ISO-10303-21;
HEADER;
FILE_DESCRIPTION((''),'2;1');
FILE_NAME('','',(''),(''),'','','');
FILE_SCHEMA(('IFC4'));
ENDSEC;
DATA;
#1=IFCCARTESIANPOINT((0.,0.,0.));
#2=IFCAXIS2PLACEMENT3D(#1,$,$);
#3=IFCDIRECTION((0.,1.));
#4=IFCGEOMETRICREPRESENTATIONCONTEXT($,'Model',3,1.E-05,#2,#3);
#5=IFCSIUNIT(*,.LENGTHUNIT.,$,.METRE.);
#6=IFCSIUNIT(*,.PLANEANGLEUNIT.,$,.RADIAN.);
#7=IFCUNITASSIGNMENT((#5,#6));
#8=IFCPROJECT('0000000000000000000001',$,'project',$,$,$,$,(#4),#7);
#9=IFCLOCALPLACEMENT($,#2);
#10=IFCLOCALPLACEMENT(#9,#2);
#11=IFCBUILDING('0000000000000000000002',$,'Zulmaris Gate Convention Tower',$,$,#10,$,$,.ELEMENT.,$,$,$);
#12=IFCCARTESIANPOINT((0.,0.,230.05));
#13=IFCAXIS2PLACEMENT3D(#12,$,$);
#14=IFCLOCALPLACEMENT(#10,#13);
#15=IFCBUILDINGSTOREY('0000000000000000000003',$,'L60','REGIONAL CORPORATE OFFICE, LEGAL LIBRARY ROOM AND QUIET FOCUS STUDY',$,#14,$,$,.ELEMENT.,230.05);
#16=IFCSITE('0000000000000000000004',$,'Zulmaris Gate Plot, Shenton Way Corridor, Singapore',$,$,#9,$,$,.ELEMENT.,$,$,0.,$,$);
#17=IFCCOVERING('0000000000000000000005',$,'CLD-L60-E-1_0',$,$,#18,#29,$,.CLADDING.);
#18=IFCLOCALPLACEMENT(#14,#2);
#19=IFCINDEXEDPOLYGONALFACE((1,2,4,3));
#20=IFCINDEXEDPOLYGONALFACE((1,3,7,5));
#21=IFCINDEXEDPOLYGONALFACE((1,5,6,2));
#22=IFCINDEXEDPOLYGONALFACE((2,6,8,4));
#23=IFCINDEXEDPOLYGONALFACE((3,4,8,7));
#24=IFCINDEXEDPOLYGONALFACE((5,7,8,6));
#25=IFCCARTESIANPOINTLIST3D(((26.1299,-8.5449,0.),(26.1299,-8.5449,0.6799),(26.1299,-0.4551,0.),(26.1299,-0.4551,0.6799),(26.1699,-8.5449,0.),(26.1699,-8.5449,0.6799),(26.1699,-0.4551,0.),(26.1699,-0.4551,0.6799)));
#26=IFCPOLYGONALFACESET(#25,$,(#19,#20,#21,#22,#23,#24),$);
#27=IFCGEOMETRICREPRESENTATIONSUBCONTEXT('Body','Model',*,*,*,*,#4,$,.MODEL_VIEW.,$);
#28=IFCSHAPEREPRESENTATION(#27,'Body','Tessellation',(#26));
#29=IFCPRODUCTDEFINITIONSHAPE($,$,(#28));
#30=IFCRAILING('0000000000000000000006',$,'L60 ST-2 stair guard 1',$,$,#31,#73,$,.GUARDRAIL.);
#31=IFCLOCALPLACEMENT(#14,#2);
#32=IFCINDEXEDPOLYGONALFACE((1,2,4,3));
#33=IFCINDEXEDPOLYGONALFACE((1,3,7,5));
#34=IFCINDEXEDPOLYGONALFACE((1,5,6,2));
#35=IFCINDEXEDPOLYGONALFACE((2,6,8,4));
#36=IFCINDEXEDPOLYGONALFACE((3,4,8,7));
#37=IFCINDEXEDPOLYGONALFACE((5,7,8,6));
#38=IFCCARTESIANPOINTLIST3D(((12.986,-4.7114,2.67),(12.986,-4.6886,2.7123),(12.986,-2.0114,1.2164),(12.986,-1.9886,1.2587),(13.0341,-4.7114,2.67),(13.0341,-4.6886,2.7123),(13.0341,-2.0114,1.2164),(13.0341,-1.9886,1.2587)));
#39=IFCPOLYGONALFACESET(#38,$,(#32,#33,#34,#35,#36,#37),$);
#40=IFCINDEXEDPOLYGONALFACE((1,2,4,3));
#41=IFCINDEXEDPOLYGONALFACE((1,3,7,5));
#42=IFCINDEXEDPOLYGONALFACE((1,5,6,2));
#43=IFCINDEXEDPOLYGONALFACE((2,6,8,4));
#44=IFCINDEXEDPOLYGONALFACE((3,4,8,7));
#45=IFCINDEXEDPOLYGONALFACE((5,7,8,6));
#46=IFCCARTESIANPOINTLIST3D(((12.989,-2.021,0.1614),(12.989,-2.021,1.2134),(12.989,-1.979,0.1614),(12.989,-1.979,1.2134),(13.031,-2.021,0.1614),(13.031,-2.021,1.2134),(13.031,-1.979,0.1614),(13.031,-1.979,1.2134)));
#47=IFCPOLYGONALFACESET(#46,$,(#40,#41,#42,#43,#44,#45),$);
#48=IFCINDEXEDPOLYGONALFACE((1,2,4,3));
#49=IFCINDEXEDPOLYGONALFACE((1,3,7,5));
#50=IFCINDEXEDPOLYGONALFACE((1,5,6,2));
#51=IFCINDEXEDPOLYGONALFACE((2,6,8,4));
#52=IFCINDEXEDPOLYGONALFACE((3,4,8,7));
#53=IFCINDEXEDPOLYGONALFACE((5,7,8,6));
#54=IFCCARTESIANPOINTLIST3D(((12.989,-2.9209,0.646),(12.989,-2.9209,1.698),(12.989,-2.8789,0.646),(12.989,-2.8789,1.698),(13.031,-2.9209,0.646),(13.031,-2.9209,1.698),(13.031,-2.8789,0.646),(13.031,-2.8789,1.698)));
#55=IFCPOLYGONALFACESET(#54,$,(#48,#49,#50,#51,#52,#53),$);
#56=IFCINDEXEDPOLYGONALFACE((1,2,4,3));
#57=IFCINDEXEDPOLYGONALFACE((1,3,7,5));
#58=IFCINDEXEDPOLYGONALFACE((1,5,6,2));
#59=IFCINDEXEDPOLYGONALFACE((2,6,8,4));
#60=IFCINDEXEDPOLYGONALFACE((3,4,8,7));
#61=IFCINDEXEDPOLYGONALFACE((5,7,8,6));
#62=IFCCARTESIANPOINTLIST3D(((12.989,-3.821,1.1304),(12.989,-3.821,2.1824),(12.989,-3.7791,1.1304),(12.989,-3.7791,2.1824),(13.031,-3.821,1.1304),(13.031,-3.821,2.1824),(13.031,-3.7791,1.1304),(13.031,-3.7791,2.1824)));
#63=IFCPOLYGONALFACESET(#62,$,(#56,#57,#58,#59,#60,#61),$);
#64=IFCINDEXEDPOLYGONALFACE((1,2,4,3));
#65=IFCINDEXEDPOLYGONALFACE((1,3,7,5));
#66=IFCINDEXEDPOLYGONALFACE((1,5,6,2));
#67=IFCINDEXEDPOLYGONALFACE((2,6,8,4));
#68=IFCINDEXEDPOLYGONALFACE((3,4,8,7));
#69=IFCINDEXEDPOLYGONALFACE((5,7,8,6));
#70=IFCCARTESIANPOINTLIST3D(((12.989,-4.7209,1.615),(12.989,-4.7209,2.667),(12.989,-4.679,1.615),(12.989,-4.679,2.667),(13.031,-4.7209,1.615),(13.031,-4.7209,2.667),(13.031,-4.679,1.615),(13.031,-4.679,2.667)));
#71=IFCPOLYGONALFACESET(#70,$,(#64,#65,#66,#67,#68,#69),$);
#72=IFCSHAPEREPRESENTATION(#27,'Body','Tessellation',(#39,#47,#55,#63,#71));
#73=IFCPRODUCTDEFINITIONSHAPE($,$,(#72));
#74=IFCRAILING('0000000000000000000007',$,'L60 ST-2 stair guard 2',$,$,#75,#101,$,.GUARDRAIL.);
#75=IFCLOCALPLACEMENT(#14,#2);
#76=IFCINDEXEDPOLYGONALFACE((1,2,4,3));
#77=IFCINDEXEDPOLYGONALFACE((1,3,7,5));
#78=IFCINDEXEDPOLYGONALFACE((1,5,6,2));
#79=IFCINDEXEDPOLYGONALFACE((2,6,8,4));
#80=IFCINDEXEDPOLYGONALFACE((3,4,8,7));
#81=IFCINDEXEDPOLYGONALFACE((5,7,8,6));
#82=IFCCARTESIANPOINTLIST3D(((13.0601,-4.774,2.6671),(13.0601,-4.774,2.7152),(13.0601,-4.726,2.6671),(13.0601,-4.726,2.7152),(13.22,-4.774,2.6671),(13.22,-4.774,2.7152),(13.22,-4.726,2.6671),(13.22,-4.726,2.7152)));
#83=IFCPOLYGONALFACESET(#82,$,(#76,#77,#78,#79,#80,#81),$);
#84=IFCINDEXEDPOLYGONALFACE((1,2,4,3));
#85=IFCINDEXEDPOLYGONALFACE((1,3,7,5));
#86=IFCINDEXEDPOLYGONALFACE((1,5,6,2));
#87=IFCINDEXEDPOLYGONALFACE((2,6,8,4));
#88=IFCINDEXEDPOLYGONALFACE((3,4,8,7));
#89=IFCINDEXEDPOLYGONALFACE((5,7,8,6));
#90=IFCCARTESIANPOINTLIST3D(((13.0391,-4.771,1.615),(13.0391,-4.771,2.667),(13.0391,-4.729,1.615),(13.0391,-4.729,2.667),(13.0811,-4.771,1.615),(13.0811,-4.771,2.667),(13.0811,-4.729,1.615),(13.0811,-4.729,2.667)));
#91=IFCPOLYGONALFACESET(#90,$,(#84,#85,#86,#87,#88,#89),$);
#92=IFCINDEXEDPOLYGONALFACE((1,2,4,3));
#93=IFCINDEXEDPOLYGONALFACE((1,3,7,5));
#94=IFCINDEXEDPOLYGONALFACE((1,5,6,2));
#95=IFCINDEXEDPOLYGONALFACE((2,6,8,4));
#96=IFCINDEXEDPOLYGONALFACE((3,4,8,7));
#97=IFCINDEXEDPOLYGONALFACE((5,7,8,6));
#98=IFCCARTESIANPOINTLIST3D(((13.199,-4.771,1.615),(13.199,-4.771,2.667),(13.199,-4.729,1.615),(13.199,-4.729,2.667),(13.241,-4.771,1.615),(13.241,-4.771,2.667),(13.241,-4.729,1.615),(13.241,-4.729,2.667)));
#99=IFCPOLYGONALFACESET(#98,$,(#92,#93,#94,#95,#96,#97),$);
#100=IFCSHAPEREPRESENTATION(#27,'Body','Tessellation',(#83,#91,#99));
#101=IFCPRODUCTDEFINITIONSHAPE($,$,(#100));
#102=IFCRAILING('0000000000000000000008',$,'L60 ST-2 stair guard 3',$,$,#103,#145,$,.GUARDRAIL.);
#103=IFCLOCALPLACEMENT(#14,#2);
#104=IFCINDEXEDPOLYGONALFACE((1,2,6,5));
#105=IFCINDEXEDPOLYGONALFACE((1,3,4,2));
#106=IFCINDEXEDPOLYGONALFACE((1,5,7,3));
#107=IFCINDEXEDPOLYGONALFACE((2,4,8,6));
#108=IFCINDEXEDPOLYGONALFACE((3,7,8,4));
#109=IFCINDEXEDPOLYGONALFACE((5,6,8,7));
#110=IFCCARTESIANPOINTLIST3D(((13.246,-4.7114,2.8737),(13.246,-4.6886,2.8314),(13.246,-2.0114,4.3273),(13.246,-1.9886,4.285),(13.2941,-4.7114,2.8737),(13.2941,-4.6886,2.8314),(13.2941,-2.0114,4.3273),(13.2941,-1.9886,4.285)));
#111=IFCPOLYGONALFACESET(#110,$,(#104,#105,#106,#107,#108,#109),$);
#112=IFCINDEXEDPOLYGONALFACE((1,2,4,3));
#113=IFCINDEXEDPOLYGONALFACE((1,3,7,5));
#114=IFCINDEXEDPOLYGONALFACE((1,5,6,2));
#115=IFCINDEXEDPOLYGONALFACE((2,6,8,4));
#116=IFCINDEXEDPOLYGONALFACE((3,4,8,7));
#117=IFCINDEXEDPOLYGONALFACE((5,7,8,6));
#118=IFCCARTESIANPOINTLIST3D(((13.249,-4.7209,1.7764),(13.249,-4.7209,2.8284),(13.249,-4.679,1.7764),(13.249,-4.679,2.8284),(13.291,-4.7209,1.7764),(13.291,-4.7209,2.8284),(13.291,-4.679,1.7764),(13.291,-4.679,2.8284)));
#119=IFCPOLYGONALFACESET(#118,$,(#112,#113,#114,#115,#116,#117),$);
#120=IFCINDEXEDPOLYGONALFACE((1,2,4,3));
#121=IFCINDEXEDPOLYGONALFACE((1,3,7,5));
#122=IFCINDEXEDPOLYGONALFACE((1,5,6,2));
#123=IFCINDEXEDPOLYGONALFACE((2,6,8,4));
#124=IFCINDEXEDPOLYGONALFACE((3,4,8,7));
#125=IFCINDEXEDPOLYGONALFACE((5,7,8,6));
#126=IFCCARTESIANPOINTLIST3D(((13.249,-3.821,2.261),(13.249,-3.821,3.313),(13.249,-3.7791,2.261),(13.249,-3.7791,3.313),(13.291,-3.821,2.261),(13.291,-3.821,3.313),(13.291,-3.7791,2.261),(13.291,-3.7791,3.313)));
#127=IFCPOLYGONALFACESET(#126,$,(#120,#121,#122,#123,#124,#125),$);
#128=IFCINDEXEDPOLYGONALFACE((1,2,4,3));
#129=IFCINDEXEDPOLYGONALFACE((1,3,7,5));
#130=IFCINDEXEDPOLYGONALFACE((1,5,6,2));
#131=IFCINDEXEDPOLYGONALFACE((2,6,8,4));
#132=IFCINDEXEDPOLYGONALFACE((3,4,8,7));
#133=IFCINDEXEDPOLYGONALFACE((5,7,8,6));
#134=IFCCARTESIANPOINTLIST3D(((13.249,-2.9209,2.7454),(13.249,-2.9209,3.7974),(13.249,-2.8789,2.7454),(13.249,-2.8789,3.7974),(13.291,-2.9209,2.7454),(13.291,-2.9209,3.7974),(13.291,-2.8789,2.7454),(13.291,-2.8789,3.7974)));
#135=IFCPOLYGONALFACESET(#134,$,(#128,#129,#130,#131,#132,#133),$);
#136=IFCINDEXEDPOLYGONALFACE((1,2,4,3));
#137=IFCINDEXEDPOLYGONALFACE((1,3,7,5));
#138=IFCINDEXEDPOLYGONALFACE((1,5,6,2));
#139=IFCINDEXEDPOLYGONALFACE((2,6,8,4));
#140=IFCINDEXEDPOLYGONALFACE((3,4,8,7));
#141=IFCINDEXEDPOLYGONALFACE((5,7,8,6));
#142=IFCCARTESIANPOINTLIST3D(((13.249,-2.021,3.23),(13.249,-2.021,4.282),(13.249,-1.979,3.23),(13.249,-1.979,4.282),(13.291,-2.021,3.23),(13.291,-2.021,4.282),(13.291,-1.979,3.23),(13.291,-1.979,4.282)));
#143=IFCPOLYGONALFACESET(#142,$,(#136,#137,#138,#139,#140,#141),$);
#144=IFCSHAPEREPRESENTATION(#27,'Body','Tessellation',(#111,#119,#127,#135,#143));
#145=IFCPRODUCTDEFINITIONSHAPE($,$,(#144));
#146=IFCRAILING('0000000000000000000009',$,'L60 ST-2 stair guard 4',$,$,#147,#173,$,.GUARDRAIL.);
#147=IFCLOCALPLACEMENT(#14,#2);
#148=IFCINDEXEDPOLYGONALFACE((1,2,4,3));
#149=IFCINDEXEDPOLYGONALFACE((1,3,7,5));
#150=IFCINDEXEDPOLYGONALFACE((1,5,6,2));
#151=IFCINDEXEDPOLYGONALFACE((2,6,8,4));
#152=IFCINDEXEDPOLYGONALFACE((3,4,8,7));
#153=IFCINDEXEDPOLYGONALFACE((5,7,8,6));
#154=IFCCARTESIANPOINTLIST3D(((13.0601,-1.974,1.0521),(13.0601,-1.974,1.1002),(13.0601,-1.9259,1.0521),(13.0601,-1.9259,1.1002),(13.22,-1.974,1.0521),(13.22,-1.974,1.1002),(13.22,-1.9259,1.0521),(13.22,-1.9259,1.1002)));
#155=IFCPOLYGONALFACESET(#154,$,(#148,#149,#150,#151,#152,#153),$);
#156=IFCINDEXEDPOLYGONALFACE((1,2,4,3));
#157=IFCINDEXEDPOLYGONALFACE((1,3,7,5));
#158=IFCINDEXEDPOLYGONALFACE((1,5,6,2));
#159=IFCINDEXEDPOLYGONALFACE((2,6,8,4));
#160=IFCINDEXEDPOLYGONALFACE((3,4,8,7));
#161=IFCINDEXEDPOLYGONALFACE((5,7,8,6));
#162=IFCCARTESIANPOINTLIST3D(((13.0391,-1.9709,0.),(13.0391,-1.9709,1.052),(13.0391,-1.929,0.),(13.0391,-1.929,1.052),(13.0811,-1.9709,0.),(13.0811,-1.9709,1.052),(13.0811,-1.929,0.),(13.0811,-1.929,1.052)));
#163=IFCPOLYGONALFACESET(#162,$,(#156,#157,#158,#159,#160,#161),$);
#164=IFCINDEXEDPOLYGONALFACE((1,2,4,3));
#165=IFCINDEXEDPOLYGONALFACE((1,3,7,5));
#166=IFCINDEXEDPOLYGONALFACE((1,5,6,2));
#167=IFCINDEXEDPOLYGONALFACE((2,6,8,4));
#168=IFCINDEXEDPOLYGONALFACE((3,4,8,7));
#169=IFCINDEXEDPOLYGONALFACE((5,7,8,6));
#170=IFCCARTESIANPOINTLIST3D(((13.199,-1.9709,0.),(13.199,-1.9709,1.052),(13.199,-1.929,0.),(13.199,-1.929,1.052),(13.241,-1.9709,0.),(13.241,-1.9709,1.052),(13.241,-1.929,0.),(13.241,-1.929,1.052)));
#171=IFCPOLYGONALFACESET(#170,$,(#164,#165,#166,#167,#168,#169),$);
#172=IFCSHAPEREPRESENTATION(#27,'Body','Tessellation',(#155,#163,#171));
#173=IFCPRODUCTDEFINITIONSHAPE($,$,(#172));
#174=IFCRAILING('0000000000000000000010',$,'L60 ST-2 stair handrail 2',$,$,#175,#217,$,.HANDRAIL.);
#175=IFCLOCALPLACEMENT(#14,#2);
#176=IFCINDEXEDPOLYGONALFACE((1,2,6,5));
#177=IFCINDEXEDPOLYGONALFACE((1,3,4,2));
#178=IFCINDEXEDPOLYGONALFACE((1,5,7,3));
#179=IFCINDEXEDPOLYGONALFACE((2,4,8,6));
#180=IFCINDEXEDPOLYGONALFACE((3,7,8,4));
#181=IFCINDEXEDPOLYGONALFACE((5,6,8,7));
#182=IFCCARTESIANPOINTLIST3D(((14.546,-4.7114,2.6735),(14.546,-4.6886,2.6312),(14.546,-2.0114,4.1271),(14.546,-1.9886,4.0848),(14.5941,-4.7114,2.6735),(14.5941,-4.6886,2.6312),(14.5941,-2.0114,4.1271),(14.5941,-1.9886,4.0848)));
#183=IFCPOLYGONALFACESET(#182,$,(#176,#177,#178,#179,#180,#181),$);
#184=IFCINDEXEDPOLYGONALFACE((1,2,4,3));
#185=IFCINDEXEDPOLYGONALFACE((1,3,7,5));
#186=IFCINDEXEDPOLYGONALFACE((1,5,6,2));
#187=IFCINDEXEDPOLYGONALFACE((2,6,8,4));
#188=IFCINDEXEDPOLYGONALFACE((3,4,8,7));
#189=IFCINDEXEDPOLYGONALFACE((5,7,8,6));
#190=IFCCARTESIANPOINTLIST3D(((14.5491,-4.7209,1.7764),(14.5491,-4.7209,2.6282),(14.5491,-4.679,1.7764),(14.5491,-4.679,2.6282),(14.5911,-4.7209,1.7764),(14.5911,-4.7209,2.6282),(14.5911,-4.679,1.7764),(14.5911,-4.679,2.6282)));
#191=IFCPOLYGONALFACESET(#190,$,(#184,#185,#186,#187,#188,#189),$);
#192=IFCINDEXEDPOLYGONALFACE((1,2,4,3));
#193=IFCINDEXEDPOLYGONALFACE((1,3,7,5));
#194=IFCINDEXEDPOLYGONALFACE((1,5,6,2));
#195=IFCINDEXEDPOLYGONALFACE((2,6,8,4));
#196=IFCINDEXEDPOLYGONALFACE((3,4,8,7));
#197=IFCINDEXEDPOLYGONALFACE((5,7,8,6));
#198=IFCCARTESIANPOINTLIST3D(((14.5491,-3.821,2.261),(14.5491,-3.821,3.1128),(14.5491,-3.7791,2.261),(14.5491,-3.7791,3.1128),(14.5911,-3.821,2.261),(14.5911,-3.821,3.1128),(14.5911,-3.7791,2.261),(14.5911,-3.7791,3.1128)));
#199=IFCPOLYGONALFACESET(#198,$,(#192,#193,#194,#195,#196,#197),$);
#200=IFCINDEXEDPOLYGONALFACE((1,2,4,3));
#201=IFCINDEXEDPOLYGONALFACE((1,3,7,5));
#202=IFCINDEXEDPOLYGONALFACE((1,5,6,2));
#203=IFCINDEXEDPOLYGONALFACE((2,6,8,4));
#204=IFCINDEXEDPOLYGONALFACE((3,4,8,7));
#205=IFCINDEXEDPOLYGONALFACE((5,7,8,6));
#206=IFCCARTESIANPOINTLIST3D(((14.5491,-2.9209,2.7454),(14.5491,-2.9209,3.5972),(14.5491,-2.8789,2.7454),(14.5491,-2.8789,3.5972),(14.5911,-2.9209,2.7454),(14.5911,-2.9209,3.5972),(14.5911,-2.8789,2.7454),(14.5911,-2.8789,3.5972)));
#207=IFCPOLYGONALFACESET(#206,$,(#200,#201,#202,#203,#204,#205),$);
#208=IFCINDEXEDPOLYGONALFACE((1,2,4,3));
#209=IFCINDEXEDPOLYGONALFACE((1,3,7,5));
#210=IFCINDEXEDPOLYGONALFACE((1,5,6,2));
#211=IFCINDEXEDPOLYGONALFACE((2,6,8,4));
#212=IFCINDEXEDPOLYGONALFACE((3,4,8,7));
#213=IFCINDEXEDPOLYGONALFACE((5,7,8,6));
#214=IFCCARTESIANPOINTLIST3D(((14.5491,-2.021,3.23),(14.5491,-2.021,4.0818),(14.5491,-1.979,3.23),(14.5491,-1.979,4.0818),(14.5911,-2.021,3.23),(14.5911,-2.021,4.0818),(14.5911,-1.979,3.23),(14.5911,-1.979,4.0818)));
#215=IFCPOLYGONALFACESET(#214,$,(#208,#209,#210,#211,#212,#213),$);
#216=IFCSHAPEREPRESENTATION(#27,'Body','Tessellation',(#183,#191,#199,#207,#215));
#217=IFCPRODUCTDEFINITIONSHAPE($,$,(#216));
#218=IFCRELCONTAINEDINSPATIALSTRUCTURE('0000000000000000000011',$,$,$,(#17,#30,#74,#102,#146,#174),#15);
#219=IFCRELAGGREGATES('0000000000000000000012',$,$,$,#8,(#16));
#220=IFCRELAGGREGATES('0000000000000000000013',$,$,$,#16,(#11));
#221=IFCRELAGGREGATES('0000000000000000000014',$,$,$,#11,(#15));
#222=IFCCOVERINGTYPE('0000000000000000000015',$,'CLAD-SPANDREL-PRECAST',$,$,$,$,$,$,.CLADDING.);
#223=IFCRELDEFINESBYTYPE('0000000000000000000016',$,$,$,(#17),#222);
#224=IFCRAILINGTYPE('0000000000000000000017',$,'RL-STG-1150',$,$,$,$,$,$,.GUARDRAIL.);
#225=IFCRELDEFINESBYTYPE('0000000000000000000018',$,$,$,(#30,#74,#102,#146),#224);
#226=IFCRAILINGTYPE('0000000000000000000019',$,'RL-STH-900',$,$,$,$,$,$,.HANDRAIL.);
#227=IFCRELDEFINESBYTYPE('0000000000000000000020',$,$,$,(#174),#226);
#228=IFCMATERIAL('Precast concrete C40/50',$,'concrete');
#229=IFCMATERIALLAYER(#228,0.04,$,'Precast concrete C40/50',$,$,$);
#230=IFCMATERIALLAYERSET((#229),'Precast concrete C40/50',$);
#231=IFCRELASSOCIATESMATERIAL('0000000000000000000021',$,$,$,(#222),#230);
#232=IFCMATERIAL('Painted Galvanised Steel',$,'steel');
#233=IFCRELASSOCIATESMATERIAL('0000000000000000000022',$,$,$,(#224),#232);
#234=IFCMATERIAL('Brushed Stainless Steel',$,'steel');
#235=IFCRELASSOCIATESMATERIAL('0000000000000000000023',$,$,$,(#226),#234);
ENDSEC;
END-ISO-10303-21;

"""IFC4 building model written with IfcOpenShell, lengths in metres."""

from ifc_helpers import new_model, si_unit, direction, frame, frame_2d, origin, origin_2d, place, context, subcontext, project, spatial, rectangle, extrude, material, layer, layer_set, type_object, element, save


model = new_model("IFC4")

# Units and contexts
model_context = context("Model", 3, precision=1e-05, world=origin(), true_north=direction((0.0, 1.0)))
body_context = subcontext(model_context, "Body", "Model", "MODEL_VIEW")
ifc_project = project(units=[si_unit("LENGTHUNIT", "METRE"), si_unit("PLANEANGLEUNIT", "RADIAN")], contexts=[model_context])

# Site, building, storey
site_placement = place(None, origin())
site = spatial("IfcSite", under=ifc_project, at=site_placement, Name="Zulmaris Gate Plot, Shenton Way Corridor, Singapore", CompositionType="ELEMENT", RefElevation=0.0)
building_placement = place(site_placement, origin())
building = spatial("IfcBuilding", under=site, at=building_placement, Name="Zulmaris Gate Convention Tower", CompositionType="ELEMENT")
storey_placement = place(building_placement, frame((0.0, 0.0, 230.05)))
storey = spatial("IfcBuildingStorey", under=building, at=storey_placement, Name="L60", Description="REGIONAL CORPORATE OFFICE, LEGAL LIBRARY ROOM AND QUIET FOCUS STUDY", CompositionType="ELEMENT", Elevation=230.05)

# Shared definitions
ifc_material_1 = material(Name="Precast concrete C40/50", Category="concrete")

# Covering
ifc_layer_1 = layer(ifc_material_1, 0.04, Name="Precast concrete C40/50")
ifc_layer_set_1 = layer_set([ifc_layer_1], Name="Precast concrete C40/50")
covering_type = type_object("IfcCoveringType", Name="CLAD-SPANDREL-PRECAST", PredefinedType="CLADDING", material=ifc_layer_set_1)
covering_placement = place(storey_placement, frame((26.1499, -8.5449, 0.0), z_axis=(0.0, 0.0, 1.0), x_axis=(0.0, 1.0, 0.0)))
element("IfcCovering", 1, at=covering_placement, inside=storey, type_object=covering_type, Name="CLD-L60-E-1_0", PredefinedType="CLADDING", context=body_context, shape_type="SweptSolid", body=[
    extrude(rectangle(XDim=8.0898, YDim=0.04, at=frame_2d((4.0449, 0.0))), origin(), (0.0, 0.0, 1.0), 0.6799),
])

# Railings
ifc_material_2 = material(Name="Painted Galvanised Steel", Category="steel")
railing_type_1 = type_object("IfcRailingType", Name="RL-STG-1150", PredefinedType="GUARDRAIL", material=ifc_material_2)
railing_1_placement = place(storey_placement, frame((13.01, -2.0, 0.1614)))
element("IfcRailing", 2, at=railing_1_placement, inside=storey, type_object=railing_type_1, Name="L60 ST-2 stair guard 1", PredefinedType="GUARDRAIL", context=body_context, shape_type="SweptSolid", body=[
    extrude(rectangle(XDim=0.0481, YDim=0.0481, at=origin_2d()), frame((0.0, 0.0, 1.0762), z_axis=(0.0, -0.880499, 0.474048), x_axis=(1.0, 0.0, 0.0)), (0.0, 0.0, 1.0), 3.0664),
    extrude(rectangle(XDim=0.042, YDim=0.042, at=origin_2d()), origin(), (0.0, 0.0, 1.0), 1.052),
    extrude(rectangle(XDim=0.042, YDim=0.042, at=origin_2d()), frame((0.0, -0.8999, 0.4846)), (0.0, 0.0, 1.0), 1.052),
    extrude(rectangle(XDim=0.042, YDim=0.042, at=origin_2d()), frame((0.0, -1.8, 0.969)), (0.0, 0.0, 1.0), 1.052),
    extrude(rectangle(XDim=0.042, YDim=0.042, at=origin_2d()), frame((0.0, -2.7, 1.4536)), (0.0, 0.0, 1.0), 1.052),
])
railing_2_placement = place(storey_placement, frame((13.0601, -4.75, 1.615)))
element("IfcRailing", 3, at=railing_2_placement, inside=storey, type_object=railing_type_1, Name="L60 ST-2 stair guard 2", PredefinedType="GUARDRAIL", context=body_context, shape_type="SweptSolid", body=[
    extrude(rectangle(XDim=0.0481, YDim=0.0481, at=origin_2d()), frame((0.0, 0.0, 1.0762), z_axis=(1.0, 0.0, 0.0), x_axis=(0.0, 1.0, 0.0)), (0.0, 0.0, 1.0), 0.1599),
    extrude(rectangle(XDim=0.042, YDim=0.042, at=origin_2d()), origin(), (0.0, 0.0, 1.0), 1.052),
    extrude(rectangle(XDim=0.042, YDim=0.042, at=origin_2d()), frame((0.1599, 0.0, 0.0)), (0.0, 0.0, 1.0), 1.052),
])
railing_3_placement = place(storey_placement, frame((13.27, -4.7, 1.7764)))
element("IfcRailing", 4, at=railing_3_placement, inside=storey, type_object=railing_type_1, Name="L60 ST-2 stair guard 3", PredefinedType="GUARDRAIL", context=body_context, shape_type="SweptSolid", body=[
    extrude(rectangle(XDim=0.0481, YDim=0.0481, at=origin_2d()), frame((0.0, 0.0, 1.0762), z_axis=(0.0, 0.880499, 0.474048), x_axis=(-1.0, 0.0, 0.0)), (0.0, 0.0, 1.0), 3.0664),
    extrude(rectangle(XDim=0.042, YDim=0.042, at=origin_2d()), origin(), (0.0, 0.0, 1.0), 1.052),
    extrude(rectangle(XDim=0.042, YDim=0.042, at=origin_2d()), frame((0.0, 0.8999, 0.4846)), (0.0, 0.0, 1.0), 1.052),
    extrude(rectangle(XDim=0.042, YDim=0.042, at=origin_2d()), frame((0.0, 1.8, 0.969)), (0.0, 0.0, 1.0), 1.052),
    extrude(rectangle(XDim=0.042, YDim=0.042, at=origin_2d()), frame((0.0, 2.7, 1.4536)), (0.0, 0.0, 1.0), 1.052),
])
railing_4_placement = place(storey_placement, frame((13.0601, -1.95, 0.0)))
element("IfcRailing", 5, at=railing_4_placement, inside=storey, type_object=railing_type_1, Name="L60 ST-2 stair guard 4", PredefinedType="GUARDRAIL", context=body_context, shape_type="SweptSolid", body=[
    extrude(rectangle(XDim=0.0481, YDim=0.0481, at=origin_2d()), frame((0.0, 0.0, 1.0762), z_axis=(1.0, 0.0, 0.0), x_axis=(0.0, 1.0, 0.0)), (0.0, 0.0, 1.0), 0.1599),
    extrude(rectangle(XDim=0.042, YDim=0.042, at=origin_2d()), origin(), (0.0, 0.0, 1.0), 1.052),
    extrude(rectangle(XDim=0.042, YDim=0.042, at=origin_2d()), frame((0.1599, 0.0, 0.0)), (0.0, 0.0, 1.0), 1.052),
])
ifc_material_3 = material(Name="Brushed Stainless Steel", Category="steel")
railing_type_2 = type_object("IfcRailingType", Name="RL-STH-900", PredefinedType="HANDRAIL", material=ifc_material_3)
railing_5_placement = place(storey_placement, frame((14.5701, -4.7, 1.7764)))
element("IfcRailing", 6, at=railing_5_placement, inside=storey, type_object=railing_type_2, Name="L60 ST-2 stair handrail 2", PredefinedType="HANDRAIL", context=body_context, shape_type="SweptSolid", body=[
    extrude(rectangle(XDim=0.0481, YDim=0.0481, at=origin_2d()), frame((0.0, 0.0, 0.876), z_axis=(0.0, 0.880499, 0.474048), x_axis=(-1.0, 0.0, 0.0)), (0.0, 0.0, 1.0), 3.0664),
    extrude(rectangle(XDim=0.042, YDim=0.042, at=origin_2d()), origin(), (0.0, 0.0, 1.0), 0.8518),
    extrude(rectangle(XDim=0.042, YDim=0.042, at=origin_2d()), frame((0.0, 0.8999, 0.4846)), (0.0, 0.0, 1.0), 0.8518),
    extrude(rectangle(XDim=0.042, YDim=0.042, at=origin_2d()), frame((0.0, 1.8, 0.969)), (0.0, 0.0, 1.0), 0.8518),
    extrude(rectangle(XDim=0.042, YDim=0.042, at=origin_2d()), frame((0.0, 2.7, 1.4536)), (0.0, 0.0, 1.0), 0.8518),
])

save(model, "model.ifc")
